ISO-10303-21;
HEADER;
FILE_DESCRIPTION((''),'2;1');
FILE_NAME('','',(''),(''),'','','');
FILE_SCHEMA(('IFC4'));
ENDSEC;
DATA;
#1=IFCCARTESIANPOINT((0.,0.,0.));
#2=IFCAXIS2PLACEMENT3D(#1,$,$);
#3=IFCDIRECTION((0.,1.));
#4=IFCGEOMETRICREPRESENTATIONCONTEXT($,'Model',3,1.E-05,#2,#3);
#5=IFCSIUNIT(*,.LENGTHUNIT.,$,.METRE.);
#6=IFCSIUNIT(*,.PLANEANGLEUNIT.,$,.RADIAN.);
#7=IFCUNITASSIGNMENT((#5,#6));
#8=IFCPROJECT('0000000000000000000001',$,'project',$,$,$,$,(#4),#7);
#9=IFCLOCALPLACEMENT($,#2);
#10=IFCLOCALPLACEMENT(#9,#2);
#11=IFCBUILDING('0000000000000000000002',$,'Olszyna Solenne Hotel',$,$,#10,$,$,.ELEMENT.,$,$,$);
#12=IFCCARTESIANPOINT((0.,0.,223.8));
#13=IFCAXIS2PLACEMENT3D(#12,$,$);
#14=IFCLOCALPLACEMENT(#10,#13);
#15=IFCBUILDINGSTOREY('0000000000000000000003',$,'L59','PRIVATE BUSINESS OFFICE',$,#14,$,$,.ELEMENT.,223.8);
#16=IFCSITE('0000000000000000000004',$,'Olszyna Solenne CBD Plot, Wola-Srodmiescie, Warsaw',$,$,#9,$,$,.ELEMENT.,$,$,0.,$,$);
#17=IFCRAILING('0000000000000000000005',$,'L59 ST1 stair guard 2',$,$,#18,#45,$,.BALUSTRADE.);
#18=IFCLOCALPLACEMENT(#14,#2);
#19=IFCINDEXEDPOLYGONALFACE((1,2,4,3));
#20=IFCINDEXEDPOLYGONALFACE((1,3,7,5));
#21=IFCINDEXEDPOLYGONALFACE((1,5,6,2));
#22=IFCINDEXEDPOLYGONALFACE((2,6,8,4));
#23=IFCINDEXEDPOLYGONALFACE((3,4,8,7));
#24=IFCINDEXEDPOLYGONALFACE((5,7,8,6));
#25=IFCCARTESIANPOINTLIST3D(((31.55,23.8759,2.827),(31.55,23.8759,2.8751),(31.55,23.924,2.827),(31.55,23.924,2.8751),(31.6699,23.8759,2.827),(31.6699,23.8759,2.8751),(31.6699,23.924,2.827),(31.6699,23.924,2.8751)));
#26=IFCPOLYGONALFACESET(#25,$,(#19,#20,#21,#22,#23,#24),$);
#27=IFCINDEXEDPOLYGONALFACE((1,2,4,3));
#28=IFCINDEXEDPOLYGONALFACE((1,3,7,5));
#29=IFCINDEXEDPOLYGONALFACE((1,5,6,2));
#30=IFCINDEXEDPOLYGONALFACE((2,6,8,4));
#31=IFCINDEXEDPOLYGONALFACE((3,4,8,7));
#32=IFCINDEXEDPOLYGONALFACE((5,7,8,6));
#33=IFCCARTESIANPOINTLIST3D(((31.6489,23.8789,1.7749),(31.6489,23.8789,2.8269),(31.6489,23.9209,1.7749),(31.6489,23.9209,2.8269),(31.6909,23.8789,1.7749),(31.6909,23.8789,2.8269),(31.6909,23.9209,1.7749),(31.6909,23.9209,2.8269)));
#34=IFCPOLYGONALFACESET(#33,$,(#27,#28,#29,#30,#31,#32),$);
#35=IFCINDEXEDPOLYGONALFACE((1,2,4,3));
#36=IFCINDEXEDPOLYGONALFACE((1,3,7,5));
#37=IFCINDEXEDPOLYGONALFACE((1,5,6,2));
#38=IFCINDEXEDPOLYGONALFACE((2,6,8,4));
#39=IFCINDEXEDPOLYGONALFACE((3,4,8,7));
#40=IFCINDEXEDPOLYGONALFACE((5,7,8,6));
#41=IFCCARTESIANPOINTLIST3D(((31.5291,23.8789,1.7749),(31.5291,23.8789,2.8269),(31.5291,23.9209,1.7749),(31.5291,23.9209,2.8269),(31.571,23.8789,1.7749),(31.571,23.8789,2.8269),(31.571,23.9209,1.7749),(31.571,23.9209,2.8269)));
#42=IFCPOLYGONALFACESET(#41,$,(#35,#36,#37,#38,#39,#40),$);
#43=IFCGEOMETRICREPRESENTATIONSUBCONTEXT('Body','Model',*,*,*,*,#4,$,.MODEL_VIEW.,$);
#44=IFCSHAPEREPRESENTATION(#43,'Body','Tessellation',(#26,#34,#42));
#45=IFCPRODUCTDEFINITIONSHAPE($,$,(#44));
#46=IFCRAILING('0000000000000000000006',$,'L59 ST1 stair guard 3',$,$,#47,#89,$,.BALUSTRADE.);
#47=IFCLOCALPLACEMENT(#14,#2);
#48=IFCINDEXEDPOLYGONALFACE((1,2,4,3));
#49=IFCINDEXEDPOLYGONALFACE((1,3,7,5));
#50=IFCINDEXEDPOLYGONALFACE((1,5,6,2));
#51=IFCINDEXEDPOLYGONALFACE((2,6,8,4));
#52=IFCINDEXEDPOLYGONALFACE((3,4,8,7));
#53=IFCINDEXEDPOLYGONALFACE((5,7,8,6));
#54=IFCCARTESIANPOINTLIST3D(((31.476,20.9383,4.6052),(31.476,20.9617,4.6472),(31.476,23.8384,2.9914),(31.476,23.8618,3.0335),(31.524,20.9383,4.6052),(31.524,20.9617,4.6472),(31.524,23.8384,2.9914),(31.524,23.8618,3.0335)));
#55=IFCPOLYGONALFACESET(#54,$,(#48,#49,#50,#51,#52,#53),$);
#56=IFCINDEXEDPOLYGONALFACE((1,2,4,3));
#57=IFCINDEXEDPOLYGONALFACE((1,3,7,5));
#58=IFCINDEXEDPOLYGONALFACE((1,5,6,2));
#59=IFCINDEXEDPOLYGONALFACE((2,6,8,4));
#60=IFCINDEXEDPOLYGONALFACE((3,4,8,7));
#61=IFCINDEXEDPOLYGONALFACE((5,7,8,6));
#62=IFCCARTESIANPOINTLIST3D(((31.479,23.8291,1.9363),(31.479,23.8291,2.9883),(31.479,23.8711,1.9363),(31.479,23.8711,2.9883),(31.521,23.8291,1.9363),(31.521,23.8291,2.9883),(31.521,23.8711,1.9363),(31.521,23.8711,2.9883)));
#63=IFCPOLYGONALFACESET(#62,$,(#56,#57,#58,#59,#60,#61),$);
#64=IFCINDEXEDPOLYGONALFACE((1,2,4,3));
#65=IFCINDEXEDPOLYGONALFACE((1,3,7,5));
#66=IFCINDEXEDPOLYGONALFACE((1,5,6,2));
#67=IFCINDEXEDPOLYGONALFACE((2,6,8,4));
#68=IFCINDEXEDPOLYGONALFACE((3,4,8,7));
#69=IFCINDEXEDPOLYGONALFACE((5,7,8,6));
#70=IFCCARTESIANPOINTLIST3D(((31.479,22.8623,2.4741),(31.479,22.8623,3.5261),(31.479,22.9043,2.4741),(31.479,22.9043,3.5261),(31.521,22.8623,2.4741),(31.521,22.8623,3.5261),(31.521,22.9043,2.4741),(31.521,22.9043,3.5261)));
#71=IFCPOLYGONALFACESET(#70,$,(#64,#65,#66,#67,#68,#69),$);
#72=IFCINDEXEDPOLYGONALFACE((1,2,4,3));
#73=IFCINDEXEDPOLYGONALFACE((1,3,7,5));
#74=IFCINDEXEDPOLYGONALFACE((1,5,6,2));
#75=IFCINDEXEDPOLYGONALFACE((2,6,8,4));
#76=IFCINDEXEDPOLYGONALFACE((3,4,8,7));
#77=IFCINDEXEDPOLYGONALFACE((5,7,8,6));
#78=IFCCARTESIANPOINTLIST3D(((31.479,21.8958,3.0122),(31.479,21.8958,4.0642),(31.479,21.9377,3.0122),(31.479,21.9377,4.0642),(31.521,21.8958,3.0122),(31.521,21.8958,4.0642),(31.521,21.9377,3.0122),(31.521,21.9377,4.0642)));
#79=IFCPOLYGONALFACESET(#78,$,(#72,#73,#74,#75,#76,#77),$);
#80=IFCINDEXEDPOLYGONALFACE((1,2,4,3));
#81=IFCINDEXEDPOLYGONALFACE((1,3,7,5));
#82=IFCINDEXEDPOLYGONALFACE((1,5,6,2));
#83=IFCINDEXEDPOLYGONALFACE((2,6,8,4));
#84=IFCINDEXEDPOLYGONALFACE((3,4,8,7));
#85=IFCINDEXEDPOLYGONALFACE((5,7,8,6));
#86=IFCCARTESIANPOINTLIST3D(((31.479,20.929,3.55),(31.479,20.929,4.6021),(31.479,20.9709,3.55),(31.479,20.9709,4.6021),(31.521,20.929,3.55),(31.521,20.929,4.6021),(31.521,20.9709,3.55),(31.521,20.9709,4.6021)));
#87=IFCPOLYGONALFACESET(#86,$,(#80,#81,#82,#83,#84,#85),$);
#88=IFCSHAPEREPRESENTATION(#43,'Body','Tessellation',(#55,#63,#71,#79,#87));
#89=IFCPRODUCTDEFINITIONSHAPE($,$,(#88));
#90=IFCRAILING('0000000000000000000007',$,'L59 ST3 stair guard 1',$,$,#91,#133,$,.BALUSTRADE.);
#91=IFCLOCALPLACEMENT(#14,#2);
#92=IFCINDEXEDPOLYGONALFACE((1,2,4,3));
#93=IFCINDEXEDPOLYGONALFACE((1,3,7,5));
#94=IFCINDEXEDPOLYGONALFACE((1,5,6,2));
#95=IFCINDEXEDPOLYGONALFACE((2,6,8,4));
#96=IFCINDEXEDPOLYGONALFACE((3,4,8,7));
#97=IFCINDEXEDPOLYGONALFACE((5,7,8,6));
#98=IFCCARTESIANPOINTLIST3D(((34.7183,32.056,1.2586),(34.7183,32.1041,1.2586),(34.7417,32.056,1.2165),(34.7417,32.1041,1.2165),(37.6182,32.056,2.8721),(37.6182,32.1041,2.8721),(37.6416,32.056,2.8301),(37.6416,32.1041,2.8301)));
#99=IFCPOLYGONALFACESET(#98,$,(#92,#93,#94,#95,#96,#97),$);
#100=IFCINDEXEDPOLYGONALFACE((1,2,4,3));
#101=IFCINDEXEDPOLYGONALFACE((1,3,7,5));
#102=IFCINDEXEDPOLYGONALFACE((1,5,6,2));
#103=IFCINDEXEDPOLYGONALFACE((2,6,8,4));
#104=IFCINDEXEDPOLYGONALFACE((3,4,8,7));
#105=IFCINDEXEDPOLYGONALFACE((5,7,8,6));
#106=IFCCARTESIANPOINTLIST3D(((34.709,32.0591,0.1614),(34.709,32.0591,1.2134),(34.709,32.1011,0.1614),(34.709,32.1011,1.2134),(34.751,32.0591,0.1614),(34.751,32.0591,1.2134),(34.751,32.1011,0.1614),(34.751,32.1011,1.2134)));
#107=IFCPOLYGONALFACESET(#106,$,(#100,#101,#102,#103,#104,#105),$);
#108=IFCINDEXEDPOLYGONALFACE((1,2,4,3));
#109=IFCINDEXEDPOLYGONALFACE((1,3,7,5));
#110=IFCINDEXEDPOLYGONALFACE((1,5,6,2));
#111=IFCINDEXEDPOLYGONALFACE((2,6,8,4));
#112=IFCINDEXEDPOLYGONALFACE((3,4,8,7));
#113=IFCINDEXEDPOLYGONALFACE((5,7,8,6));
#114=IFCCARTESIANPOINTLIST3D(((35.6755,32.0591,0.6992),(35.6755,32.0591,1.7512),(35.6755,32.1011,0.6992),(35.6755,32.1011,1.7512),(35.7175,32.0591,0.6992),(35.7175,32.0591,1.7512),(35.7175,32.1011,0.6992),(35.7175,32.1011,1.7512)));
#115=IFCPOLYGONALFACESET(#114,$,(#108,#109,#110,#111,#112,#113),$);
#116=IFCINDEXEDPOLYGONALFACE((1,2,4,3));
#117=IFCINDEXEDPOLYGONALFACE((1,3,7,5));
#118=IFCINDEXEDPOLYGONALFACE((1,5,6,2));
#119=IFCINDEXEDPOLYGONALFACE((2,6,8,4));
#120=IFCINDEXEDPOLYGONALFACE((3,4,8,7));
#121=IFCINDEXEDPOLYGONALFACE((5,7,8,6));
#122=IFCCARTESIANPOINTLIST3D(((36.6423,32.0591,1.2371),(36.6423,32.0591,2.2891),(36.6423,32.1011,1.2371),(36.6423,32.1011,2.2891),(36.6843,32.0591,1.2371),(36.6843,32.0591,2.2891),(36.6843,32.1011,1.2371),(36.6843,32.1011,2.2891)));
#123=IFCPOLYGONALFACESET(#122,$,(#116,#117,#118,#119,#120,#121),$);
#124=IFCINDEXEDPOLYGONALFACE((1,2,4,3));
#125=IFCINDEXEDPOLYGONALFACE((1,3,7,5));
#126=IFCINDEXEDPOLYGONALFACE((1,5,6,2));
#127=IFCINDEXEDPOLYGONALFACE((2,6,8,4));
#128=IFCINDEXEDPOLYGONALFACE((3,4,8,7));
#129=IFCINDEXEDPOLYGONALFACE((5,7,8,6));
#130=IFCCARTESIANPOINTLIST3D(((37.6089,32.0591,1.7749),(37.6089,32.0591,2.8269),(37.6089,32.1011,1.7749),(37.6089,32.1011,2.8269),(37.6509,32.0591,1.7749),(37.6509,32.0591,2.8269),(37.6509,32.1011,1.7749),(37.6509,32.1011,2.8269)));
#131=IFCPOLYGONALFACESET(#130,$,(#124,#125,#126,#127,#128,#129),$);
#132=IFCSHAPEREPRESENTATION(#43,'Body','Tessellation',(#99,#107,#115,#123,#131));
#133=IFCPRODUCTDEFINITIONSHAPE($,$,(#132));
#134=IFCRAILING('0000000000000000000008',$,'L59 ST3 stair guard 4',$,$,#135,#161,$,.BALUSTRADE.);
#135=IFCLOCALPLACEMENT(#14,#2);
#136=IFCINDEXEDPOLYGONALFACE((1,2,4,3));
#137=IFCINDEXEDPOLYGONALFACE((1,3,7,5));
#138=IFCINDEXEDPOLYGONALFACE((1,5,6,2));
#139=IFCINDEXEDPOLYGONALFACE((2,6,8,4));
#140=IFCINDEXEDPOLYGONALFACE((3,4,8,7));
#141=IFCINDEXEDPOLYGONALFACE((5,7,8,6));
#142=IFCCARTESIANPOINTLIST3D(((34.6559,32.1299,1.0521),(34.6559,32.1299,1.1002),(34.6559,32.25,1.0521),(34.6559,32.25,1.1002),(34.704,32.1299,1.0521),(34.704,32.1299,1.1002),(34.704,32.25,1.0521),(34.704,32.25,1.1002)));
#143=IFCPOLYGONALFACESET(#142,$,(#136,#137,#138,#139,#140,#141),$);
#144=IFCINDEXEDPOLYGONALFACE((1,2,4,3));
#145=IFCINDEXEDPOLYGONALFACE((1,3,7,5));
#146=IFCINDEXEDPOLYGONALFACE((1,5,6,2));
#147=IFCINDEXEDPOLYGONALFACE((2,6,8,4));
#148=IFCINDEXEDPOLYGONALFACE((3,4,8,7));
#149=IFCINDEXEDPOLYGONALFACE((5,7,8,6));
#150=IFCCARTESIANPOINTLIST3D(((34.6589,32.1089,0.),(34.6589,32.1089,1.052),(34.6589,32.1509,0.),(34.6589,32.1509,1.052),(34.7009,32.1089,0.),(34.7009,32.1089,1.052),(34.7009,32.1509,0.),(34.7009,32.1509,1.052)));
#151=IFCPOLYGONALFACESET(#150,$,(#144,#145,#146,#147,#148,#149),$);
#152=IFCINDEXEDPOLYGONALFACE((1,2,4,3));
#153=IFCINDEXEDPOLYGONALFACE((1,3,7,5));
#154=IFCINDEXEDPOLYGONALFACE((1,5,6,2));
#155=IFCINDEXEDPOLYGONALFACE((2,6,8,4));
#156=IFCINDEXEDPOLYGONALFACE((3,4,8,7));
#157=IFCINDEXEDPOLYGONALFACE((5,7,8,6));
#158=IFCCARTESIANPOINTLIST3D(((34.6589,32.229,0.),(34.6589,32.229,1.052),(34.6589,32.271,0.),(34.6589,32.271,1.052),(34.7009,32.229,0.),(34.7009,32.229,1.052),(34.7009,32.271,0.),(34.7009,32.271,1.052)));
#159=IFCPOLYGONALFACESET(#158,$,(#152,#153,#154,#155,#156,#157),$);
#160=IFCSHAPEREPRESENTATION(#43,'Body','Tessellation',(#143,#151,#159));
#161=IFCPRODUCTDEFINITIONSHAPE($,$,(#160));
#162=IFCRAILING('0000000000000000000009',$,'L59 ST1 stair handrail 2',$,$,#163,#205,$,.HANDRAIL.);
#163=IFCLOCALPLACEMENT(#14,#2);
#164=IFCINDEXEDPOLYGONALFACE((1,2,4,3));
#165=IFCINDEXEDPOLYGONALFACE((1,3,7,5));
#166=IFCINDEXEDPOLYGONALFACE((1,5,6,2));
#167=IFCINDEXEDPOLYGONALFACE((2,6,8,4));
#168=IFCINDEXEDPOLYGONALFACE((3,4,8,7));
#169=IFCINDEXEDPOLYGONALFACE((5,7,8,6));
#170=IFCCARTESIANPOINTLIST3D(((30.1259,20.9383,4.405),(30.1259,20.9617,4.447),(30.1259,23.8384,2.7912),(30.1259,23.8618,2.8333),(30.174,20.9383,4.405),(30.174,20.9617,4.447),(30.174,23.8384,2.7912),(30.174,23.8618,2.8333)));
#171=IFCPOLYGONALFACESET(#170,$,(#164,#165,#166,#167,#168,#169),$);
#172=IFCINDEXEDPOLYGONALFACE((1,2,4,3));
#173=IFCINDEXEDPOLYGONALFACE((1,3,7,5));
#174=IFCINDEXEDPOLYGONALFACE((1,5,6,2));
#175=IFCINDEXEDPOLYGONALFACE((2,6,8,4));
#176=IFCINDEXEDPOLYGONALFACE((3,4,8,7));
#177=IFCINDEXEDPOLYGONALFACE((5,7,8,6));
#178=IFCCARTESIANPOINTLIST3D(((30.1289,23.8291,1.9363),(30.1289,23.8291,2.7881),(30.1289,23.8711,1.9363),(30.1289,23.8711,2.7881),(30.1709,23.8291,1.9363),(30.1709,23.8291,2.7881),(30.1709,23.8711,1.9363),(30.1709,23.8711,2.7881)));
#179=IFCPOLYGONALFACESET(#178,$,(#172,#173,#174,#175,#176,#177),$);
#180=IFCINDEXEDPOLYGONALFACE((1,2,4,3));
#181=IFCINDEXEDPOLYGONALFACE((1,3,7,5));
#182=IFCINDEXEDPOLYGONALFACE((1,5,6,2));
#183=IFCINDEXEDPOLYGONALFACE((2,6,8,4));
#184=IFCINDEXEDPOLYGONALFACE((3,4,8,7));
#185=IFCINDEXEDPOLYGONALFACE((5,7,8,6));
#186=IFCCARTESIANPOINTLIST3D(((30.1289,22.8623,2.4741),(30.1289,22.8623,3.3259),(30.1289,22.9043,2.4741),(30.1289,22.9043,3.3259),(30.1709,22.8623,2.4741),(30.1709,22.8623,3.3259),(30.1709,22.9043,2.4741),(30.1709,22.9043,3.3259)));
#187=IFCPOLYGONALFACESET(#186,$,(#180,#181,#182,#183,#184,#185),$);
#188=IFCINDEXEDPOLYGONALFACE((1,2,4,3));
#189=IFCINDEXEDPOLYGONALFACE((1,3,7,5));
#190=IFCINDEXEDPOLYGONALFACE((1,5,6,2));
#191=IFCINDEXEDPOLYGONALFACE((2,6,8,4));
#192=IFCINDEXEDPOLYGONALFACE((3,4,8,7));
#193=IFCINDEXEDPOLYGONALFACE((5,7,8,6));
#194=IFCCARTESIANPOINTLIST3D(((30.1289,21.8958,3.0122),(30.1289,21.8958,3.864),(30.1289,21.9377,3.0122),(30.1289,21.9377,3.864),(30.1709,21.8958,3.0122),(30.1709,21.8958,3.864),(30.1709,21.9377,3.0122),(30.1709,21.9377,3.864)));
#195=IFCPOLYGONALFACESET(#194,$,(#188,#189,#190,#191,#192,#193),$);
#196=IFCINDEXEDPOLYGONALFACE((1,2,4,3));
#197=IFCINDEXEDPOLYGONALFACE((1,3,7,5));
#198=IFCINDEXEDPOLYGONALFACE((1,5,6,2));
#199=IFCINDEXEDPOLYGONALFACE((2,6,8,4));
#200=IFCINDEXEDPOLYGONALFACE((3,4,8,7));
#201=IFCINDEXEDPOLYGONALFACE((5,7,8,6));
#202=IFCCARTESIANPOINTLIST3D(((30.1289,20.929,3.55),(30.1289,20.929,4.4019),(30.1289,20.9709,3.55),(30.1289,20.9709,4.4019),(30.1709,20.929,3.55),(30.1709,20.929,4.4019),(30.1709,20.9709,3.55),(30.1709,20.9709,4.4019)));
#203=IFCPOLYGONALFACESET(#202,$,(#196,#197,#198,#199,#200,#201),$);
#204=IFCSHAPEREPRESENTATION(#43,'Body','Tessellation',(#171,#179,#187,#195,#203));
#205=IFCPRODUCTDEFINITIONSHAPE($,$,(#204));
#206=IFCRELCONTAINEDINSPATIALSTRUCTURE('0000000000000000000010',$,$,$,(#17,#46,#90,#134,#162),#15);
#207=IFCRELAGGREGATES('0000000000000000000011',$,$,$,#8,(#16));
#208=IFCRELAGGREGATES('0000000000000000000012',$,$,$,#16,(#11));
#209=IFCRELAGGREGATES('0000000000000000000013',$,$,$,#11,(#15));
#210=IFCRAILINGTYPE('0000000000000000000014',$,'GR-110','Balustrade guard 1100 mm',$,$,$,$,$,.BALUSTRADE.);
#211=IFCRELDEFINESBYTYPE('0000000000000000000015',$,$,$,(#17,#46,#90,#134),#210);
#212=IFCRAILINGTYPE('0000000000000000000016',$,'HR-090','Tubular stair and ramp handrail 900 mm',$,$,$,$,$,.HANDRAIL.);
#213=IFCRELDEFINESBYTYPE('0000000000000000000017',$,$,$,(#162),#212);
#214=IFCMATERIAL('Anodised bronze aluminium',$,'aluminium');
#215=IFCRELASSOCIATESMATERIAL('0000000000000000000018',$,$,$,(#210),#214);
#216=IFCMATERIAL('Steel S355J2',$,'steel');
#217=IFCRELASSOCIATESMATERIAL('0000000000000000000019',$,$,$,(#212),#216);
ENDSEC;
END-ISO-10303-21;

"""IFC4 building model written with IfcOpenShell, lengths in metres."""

from ifc_helpers import new_model, si_unit, direction, frame, origin, origin_2d, place, context, subcontext, project, spatial, rectangle, extrude, material, type_object, element, save


model = new_model("IFC4")

# Units and contexts
model_context = context("Model", 3, precision=1e-05, world=origin(), true_north=direction((0.0, 1.0)))
body_context = subcontext(model_context, "Body", "Model", "MODEL_VIEW")
ifc_project = project(units=[si_unit("LENGTHUNIT", "METRE"), si_unit("PLANEANGLEUNIT", "RADIAN")], contexts=[model_context])

# Site, building, storey
site_placement = place(None, origin())
site = spatial("IfcSite", under=ifc_project, at=site_placement, Name="Olszyna Solenne CBD Plot, Wola-Srodmiescie, Warsaw", CompositionType="ELEMENT", RefElevation=0.0)
building_placement = place(site_placement, origin())
building = spatial("IfcBuilding", under=site, at=building_placement, Name="Olszyna Solenne Hotel", CompositionType="ELEMENT")
storey_placement = place(building_placement, frame((0.0, 0.0, 223.8)))
storey = spatial("IfcBuildingStorey", under=building, at=storey_placement, Name="L59", Description="PRIVATE BUSINESS OFFICE", CompositionType="ELEMENT", Elevation=223.8)

# Shared definitions
ifc_material_1 = material(Name="Steel S355J2", Category="steel")

# Shared definitions
ifc_material_2 = material(Name="Anodised bronze aluminium", Category="aluminium")

# Railings
railing_type_1 = type_object("IfcRailingType", Name="GR-110", Description="Balustrade guard 1100 mm", PredefinedType="BALUSTRADE", material=ifc_material_2)
railing_1_placement = place(storey_placement, frame((31.6699, 23.8999, 1.7749)))
element("IfcRailing", 1, at=railing_1_placement, inside=storey, type_object=railing_type_1, Name="L59 ST1 stair guard 2", PredefinedType="BALUSTRADE", context=body_context, shape_type="SweptSolid", body=[
    extrude(rectangle(XDim=0.0481, YDim=0.0481, at=origin_2d()), frame((0.0, 0.0, 1.0762), z_axis=(-1.0, 0.0, 0.0), x_axis=(0.0, -1.0, 0.0)), (0.0, 0.0, 1.0), 0.1199),
    extrude(rectangle(XDim=0.042, YDim=0.042, at=origin_2d()), origin(), (0.0, 0.0, 1.0), 1.052),
    extrude(rectangle(XDim=0.042, YDim=0.042, at=origin_2d()), frame((-0.1199, 0.0, 0.0)), (0.0, 0.0, 1.0), 1.052),
])
railing_2_placement = place(storey_placement, frame((31.5, 23.8501, 1.9363)))
element("IfcRailing", 2, at=railing_2_placement, inside=storey, type_object=railing_type_1, Name="L59 ST1 stair guard 3", PredefinedType="BALUSTRADE", context=body_context, shape_type="SweptSolid", body=[
    extrude(rectangle(XDim=0.0481, YDim=0.0481, at=origin_2d()), frame((0.0, 0.0, 1.0762), z_axis=(0.0, -0.873827, 0.486236), x_axis=(1.0, 0.0, 0.0)), (0.0, 0.0, 1.0), 3.3188),
    extrude(rectangle(XDim=0.042, YDim=0.042, at=origin_2d()), origin(), (0.0, 0.0, 1.0), 1.052),
    extrude(rectangle(XDim=0.042, YDim=0.042, at=origin_2d()), frame((0.0, -0.9668, 0.5378)), (0.0, 0.0, 1.0), 1.052),
    extrude(rectangle(XDim=0.042, YDim=0.042, at=origin_2d()), frame((0.0, -1.9333, 1.0759)), (0.0, 0.0, 1.0), 1.052),
    extrude(rectangle(XDim=0.042, YDim=0.042, at=origin_2d()), frame((0.0, -2.9001, 1.6138)), (0.0, 0.0, 1.0), 1.052),
])
railing_3_placement = place(storey_placement, frame((34.73, 32.0801, 0.1614)))
element("IfcRailing", 3, at=railing_3_placement, inside=storey, type_object=railing_type_1, Name="L59 ST3 stair guard 1", PredefinedType="BALUSTRADE", context=body_context, shape_type="SweptSolid", body=[
    extrude(rectangle(XDim=0.0481, YDim=0.0481, at=origin_2d()), frame((0.0, 0.0, 1.0762), z_axis=(0.873841, 0.0, 0.486211), x_axis=(0.0, 1.0, 0.0)), (0.0, 0.0, 1.0), 3.3186),
    extrude(rectangle(XDim=0.042, YDim=0.042, at=origin_2d()), origin(), (0.0, 0.0, 1.0), 1.052),
    extrude(rectangle(XDim=0.042, YDim=0.042, at=origin_2d()), frame((0.9666, 0.0, 0.5378)), (0.0, 0.0, 1.0), 1.052),
    extrude(rectangle(XDim=0.042, YDim=0.042, at=origin_2d()), frame((1.9333, 0.0, 1.0757)), (0.0, 0.0, 1.0), 1.052),
    extrude(rectangle(XDim=0.042, YDim=0.042, at=origin_2d()), frame((2.8999, 0.0, 1.6135)), (0.0, 0.0, 1.0), 1.052),
])
railing_4_placement = place(storey_placement, frame((34.6799, 32.1299, 0.0)))
element("IfcRailing", 4, at=railing_4_placement, inside=storey, type_object=railing_type_1, Name="L59 ST3 stair guard 4", PredefinedType="BALUSTRADE", context=body_context, shape_type="SweptSolid", body=[
    extrude(rectangle(XDim=0.0481, YDim=0.0481, at=origin_2d()), frame((0.0, 0.0, 1.0762), z_axis=(0.0, 1.0, 0.0), x_axis=(-1.0, 0.0, 0.0)), (0.0, 0.0, 1.0), 0.1201),
    extrude(rectangle(XDim=0.042, YDim=0.042, at=origin_2d()), origin(), (0.0, 0.0, 1.0), 1.052),
    extrude(rectangle(XDim=0.042, YDim=0.042, at=origin_2d()), frame((0.0, 0.1201, 0.0)), (0.0, 0.0, 1.0), 1.052),
])
railing_type_2 = type_object("IfcRailingType", Name="HR-090", Description="Tubular stair and ramp handrail 900 mm", PredefinedType="HANDRAIL", material=ifc_material_1)
railing_5_placement = place(storey_placement, frame((30.1499, 23.8501, 1.9363)))
element("IfcRailing", 5, at=railing_5_placement, inside=storey, type_object=railing_type_2, Name="L59 ST1 stair handrail 2", PredefinedType="HANDRAIL", context=body_context, shape_type="SweptSolid", body=[
    extrude(rectangle(XDim=0.0481, YDim=0.0481, at=origin_2d()), frame((0.0, 0.0, 0.876), z_axis=(0.0, -0.873827, 0.486236), x_axis=(1.0, 0.0, 0.0)), (0.0, 0.0, 1.0), 3.3188),
    extrude(rectangle(XDim=0.042, YDim=0.042, at=origin_2d()), origin(), (0.0, 0.0, 1.0), 0.8518),
    extrude(rectangle(XDim=0.042, YDim=0.042, at=origin_2d()), frame((0.0, -0.9668, 0.5378)), (0.0, 0.0, 1.0), 0.8518),
    extrude(rectangle(XDim=0.042, YDim=0.042, at=origin_2d()), frame((0.0, -1.9333, 1.0759)), (0.0, 0.0, 1.0), 0.8518),
    extrude(rectangle(XDim=0.042, YDim=0.042, at=origin_2d()), frame((0.0, -2.9001, 1.6138)), (0.0, 0.0, 1.0), 0.8518),
])

save(model, "model.ifc")
